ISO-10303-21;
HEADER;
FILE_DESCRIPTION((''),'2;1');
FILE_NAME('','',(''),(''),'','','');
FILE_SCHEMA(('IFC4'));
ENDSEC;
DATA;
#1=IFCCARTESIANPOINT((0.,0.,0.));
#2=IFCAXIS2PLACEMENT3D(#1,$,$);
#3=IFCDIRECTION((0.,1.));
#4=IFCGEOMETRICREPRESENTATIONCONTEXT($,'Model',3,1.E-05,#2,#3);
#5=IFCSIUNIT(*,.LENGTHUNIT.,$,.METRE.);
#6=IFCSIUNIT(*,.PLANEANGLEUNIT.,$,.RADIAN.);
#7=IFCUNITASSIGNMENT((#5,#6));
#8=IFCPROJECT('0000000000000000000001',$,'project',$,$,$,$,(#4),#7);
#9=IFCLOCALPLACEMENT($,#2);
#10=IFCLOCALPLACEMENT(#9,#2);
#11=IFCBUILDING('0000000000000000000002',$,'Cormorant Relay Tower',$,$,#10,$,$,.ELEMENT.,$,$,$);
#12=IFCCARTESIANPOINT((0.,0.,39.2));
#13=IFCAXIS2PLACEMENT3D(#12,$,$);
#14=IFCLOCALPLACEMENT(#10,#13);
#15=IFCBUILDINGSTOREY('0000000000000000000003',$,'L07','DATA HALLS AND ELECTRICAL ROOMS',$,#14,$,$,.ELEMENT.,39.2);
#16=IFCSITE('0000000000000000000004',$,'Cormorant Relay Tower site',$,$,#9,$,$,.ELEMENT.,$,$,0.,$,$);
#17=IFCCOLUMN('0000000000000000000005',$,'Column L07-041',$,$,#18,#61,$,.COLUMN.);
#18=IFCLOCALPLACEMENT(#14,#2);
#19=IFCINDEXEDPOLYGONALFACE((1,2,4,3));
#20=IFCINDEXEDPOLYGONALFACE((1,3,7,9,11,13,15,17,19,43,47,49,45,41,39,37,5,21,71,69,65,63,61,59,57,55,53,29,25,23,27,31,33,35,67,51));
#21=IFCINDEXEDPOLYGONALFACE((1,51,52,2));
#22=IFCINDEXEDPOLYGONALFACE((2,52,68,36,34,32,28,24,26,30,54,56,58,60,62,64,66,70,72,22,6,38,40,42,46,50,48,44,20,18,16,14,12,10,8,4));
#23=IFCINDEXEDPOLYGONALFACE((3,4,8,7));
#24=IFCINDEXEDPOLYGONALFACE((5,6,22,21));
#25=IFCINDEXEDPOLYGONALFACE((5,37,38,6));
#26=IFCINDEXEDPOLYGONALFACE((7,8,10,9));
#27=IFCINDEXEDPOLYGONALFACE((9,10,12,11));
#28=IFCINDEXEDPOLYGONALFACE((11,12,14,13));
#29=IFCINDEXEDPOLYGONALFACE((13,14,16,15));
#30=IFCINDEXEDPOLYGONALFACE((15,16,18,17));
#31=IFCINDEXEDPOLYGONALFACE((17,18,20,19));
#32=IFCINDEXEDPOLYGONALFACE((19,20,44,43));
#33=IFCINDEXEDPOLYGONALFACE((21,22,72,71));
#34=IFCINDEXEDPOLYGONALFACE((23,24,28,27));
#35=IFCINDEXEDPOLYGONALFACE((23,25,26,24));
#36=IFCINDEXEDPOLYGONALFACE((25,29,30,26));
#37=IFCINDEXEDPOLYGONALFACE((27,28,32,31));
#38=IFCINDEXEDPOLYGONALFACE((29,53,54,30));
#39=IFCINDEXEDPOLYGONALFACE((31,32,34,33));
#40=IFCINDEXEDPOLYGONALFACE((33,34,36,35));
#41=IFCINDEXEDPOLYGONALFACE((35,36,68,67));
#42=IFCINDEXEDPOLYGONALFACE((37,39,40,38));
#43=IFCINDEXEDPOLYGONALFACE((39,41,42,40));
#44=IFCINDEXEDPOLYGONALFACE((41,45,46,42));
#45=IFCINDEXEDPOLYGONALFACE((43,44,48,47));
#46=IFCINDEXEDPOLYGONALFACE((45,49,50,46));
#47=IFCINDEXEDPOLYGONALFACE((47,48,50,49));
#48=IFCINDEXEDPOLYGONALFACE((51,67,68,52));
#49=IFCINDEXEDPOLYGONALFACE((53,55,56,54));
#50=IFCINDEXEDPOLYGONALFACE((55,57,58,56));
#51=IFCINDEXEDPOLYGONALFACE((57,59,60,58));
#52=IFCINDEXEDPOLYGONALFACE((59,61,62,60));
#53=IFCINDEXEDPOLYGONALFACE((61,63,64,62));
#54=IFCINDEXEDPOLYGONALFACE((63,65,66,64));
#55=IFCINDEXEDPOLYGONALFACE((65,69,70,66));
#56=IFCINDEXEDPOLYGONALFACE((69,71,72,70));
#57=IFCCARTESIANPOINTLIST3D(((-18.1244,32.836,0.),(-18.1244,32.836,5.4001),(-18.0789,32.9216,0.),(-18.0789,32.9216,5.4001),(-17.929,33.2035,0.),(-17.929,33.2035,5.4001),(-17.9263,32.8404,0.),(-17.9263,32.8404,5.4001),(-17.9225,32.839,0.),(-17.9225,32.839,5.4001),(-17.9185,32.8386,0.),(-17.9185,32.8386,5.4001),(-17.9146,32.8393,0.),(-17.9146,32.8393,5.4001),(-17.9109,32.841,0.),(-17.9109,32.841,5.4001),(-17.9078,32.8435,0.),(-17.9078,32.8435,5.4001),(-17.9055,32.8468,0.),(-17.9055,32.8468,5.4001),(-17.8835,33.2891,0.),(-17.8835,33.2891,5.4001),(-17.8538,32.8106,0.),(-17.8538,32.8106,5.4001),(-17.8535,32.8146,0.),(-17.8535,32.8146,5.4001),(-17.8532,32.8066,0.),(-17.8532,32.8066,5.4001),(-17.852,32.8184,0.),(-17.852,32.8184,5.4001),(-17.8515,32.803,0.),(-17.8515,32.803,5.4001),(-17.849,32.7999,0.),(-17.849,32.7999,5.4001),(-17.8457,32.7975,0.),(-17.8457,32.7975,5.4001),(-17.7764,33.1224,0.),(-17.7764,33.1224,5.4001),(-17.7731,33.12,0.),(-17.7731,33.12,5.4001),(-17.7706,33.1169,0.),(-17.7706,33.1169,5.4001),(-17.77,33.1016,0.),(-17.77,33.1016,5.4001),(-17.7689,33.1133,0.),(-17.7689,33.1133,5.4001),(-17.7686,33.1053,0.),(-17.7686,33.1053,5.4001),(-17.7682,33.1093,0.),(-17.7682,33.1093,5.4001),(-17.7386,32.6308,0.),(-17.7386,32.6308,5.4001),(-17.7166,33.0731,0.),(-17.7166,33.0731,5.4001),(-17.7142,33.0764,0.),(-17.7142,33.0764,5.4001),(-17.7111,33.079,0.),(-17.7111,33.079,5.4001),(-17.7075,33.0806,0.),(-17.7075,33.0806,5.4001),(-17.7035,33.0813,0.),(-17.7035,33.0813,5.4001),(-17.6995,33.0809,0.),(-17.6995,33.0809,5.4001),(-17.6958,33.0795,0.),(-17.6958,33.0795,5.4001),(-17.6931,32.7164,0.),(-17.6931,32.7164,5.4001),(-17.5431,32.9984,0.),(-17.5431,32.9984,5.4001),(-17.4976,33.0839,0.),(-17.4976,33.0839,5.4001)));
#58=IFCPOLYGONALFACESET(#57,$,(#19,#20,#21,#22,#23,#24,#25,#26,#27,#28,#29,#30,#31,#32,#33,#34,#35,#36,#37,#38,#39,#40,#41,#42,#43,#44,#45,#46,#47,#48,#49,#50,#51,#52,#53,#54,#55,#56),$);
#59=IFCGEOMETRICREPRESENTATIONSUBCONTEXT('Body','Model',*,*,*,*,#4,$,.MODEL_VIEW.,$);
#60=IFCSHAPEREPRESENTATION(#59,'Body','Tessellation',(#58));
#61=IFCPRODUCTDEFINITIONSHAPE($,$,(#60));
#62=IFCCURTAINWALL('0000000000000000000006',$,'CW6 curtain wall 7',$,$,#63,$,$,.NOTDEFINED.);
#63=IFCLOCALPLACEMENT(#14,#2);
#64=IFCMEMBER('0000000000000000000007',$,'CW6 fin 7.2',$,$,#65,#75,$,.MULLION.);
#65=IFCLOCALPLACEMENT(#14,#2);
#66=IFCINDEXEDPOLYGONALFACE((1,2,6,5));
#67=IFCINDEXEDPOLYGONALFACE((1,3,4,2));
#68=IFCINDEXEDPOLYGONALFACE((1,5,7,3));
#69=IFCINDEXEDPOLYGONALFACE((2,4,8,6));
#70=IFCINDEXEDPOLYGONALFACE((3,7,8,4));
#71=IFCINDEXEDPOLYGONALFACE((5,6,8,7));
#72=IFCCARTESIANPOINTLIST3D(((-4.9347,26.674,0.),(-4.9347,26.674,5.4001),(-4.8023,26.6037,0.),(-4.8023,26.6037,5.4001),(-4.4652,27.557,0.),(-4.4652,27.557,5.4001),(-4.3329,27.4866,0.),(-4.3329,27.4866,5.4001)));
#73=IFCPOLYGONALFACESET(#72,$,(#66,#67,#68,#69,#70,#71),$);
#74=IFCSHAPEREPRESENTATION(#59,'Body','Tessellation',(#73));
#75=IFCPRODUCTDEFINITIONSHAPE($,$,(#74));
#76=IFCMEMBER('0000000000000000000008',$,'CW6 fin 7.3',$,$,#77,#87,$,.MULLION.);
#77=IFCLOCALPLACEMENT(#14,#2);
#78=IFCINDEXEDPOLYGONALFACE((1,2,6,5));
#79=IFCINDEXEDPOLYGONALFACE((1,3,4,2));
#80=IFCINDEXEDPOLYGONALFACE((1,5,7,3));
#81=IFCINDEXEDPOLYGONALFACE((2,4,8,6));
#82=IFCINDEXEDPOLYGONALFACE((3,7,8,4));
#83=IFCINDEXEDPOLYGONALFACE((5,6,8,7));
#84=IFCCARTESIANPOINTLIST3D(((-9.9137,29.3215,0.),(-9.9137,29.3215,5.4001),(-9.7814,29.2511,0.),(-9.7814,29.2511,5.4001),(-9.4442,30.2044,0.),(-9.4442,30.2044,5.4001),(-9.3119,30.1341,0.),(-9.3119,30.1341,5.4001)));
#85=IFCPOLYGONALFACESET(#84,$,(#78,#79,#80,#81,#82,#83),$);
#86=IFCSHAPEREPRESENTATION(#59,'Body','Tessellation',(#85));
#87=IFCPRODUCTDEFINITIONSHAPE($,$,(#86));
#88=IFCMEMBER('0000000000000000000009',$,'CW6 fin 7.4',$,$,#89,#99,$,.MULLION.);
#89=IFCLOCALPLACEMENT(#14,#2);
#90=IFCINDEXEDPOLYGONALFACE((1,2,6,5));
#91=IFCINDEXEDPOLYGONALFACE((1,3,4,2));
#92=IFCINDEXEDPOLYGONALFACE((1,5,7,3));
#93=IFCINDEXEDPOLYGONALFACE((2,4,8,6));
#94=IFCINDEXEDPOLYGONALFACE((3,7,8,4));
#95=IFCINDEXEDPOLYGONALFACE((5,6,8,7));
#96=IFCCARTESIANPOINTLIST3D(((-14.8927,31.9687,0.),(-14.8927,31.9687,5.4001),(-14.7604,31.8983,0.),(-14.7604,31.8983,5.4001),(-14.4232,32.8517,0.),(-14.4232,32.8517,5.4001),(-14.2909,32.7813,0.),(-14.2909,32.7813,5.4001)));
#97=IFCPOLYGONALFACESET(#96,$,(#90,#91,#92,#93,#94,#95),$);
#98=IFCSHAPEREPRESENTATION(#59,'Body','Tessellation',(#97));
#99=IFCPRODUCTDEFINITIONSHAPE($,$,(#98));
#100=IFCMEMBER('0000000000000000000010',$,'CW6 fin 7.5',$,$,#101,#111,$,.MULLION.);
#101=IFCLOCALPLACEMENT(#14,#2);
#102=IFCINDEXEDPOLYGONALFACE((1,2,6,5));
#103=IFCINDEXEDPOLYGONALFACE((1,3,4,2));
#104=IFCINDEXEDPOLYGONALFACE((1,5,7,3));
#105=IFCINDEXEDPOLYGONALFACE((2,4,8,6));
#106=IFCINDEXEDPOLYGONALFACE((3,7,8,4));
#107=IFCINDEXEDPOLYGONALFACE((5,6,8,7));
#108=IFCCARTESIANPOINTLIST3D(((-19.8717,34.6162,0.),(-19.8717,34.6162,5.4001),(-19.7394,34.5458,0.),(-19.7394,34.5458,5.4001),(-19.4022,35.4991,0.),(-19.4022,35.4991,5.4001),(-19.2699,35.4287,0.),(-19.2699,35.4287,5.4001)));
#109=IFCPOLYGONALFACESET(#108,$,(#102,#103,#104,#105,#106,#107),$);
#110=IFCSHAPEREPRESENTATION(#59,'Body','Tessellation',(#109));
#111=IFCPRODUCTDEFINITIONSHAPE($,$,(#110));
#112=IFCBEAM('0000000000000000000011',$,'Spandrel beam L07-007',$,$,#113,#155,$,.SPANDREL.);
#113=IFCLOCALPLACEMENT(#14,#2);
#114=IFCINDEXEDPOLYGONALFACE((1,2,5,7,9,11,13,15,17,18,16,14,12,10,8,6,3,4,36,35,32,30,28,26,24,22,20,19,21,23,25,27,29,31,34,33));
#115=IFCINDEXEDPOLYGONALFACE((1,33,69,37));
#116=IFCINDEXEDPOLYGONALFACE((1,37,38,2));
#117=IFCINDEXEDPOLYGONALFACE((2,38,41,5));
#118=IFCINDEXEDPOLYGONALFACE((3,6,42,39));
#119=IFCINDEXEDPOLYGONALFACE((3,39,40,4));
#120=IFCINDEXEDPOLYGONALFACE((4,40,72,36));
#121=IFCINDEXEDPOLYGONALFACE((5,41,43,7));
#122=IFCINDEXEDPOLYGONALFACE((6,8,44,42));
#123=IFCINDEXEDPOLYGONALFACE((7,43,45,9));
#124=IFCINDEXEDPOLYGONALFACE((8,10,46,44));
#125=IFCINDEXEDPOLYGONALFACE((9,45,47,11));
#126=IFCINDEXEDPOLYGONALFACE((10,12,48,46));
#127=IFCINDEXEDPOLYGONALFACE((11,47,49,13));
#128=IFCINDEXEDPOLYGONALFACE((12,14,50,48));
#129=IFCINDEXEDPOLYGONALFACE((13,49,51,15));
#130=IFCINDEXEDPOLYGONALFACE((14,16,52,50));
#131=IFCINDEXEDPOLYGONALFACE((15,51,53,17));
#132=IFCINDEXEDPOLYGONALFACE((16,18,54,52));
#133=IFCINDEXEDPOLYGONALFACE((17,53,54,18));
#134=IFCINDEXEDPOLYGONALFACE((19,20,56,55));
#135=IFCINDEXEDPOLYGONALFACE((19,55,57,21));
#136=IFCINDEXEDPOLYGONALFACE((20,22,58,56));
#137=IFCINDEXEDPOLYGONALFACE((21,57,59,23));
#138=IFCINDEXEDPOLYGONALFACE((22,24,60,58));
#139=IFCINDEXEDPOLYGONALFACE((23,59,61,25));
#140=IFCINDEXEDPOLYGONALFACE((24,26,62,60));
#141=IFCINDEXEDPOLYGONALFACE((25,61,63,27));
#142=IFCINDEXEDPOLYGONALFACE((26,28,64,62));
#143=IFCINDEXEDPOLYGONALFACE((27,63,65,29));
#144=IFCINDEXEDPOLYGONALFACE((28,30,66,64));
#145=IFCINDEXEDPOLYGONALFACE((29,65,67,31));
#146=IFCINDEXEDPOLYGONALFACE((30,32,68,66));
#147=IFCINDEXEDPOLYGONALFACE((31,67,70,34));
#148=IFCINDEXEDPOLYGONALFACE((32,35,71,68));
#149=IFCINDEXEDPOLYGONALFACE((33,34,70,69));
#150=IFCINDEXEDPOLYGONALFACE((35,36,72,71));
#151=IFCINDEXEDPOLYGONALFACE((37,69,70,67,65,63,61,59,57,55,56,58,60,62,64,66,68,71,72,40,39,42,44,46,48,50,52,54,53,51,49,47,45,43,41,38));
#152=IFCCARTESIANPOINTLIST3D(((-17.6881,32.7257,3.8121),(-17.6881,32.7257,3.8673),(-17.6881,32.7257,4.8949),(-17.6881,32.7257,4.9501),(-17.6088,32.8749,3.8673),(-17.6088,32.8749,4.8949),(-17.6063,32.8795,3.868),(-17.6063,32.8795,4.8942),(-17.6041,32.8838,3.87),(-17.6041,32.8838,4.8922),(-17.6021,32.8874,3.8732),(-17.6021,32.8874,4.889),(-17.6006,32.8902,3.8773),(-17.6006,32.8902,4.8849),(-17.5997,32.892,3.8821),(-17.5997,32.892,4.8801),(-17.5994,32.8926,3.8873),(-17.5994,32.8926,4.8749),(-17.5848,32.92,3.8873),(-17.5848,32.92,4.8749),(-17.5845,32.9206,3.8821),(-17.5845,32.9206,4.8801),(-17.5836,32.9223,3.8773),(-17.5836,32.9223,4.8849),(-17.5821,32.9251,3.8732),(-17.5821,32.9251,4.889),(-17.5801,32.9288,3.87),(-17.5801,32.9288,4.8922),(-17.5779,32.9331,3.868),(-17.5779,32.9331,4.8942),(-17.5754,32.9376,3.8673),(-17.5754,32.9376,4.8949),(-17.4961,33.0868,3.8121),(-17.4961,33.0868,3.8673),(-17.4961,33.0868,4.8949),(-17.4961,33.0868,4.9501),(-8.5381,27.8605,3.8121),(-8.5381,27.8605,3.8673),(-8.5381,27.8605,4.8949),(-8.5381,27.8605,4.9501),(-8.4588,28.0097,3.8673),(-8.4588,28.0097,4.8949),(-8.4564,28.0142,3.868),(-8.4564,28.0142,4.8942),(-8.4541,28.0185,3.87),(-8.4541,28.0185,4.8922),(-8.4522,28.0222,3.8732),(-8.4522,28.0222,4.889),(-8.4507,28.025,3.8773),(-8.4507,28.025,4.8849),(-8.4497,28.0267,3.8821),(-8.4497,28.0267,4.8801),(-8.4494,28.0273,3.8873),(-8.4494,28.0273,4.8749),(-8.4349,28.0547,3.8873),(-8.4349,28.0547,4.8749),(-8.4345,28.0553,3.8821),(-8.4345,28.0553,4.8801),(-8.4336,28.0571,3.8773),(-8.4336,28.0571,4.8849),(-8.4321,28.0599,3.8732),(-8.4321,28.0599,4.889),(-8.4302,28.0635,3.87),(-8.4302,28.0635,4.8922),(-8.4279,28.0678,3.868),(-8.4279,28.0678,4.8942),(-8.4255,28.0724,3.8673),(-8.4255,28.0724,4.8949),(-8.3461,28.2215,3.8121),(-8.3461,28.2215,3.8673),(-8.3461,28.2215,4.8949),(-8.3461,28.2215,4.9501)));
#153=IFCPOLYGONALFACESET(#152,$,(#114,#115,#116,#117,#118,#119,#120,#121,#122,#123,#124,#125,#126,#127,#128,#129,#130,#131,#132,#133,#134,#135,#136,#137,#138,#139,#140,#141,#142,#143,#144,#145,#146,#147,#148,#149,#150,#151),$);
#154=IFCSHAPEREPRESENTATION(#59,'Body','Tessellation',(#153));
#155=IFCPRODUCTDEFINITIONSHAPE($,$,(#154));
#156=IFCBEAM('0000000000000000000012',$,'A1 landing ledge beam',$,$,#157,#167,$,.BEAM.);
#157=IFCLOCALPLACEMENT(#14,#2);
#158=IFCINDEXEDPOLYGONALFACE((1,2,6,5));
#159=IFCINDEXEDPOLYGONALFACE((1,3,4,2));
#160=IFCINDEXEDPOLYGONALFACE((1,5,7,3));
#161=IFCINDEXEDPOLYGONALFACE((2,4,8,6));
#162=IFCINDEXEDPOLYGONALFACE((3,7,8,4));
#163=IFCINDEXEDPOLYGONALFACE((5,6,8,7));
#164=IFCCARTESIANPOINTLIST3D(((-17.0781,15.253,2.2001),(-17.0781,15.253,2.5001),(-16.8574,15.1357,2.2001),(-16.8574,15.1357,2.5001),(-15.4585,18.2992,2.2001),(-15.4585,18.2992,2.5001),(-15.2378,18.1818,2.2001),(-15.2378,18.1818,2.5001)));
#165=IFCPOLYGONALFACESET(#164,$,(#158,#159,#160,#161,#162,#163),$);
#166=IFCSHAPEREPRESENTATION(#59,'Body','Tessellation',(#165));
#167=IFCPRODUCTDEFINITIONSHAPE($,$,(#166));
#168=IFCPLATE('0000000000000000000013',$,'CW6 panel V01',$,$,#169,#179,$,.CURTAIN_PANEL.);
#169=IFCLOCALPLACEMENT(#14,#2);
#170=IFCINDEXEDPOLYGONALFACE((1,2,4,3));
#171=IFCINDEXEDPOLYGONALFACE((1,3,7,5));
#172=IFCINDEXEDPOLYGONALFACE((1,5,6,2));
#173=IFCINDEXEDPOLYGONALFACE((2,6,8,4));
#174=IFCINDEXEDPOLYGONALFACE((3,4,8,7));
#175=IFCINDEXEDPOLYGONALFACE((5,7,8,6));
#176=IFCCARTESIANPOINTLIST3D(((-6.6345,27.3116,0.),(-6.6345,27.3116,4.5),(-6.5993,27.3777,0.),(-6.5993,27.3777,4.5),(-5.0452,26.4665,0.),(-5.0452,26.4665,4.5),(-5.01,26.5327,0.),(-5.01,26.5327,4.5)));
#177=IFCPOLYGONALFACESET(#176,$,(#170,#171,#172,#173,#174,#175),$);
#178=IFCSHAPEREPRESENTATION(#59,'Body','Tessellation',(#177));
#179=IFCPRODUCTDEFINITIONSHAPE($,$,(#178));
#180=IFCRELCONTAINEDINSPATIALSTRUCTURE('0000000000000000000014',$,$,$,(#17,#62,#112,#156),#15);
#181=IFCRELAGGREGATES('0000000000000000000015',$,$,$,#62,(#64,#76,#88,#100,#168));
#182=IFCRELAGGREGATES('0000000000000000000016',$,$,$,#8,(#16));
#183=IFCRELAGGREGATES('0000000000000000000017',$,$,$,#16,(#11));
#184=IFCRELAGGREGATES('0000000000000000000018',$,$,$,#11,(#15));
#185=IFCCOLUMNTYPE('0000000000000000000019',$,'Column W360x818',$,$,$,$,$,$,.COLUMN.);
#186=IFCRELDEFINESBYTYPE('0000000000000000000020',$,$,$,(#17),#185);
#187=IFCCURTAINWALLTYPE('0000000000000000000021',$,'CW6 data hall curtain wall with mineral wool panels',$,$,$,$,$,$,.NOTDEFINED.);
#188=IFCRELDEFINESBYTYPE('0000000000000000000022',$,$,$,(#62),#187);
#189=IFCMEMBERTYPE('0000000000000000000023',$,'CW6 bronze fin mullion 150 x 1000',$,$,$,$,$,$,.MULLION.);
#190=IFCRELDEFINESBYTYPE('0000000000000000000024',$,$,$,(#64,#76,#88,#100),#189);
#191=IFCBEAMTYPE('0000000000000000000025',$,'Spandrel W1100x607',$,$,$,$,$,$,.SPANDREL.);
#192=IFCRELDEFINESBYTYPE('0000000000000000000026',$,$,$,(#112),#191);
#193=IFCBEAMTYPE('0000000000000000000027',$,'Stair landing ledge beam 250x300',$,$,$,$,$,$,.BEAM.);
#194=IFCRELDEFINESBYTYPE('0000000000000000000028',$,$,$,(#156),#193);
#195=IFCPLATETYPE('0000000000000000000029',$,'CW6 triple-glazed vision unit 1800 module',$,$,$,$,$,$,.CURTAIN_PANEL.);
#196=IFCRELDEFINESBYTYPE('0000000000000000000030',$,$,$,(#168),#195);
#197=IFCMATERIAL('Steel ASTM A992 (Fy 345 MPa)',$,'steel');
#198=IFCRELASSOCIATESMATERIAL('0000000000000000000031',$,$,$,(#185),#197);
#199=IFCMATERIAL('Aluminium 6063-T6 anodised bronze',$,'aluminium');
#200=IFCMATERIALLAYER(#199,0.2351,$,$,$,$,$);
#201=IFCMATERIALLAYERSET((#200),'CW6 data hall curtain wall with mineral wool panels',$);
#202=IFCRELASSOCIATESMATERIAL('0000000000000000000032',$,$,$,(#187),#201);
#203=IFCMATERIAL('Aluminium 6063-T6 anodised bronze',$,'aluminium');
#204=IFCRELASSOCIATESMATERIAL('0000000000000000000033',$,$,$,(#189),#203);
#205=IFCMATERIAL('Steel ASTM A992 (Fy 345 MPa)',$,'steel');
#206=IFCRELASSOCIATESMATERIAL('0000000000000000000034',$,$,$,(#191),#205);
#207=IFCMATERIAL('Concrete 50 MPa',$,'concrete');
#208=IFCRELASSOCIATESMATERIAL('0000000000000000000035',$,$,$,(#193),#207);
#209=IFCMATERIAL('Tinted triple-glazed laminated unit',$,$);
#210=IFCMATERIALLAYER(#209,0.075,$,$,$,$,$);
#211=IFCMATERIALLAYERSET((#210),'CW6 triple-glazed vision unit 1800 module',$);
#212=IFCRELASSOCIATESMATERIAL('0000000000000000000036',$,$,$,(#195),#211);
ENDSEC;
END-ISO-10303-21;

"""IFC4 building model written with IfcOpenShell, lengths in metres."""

from ifc_helpers import new_model, si_unit, direction, frame, origin, origin_2d, place, context, subcontext, project, spatial, rectangle, i_section, extrude, material, layer, layer_set, material_profile, profile_set, type_object, element, aggregate, save


model = new_model("IFC4")

# Units and contexts
model_context = context("Model", 3, precision=1e-05, world=origin(), true_north=direction((0.0, 1.0)))
body_context = subcontext(model_context, "Body", "Model", "MODEL_VIEW")
ifc_project = project(units=[si_unit("LENGTHUNIT", "METRE"), si_unit("PLANEANGLEUNIT", "RADIAN")], contexts=[model_context])

# Site, building, storey
site_placement = place(None, origin())
site = spatial("IfcSite", under=ifc_project, at=site_placement, Name="Cormorant Relay Tower site", CompositionType="ELEMENT", RefElevation=0.0)
building_placement = place(site_placement, origin())
building = spatial("IfcBuilding", under=site, at=building_placement, Name="Cormorant Relay Tower", CompositionType="ELEMENT")
storey_placement = place(building_placement, frame((0.0, 0.0, 39.2)))
storey = spatial("IfcBuildingStorey", under=building, at=storey_placement, Name="L07", Description="DATA HALLS AND ELECTRICAL ROOMS", CompositionType="ELEMENT", Elevation=39.2)

# Column
ifc_material_1 = material(Name="Steel ASTM A992 (Fy 345 MPa)", Category="steel")
ifc_material_profile_1 = material_profile(ifc_material_1, i_section(OverallWidth=0.437, OverallDepth=0.5132, WebThickness=0.0605, FlangeThickness=0.0969, FilletRadius=0.0154, at=origin_2d()), Name="W360x818")
ifc_profile_set_1 = profile_set([ifc_material_profile_1], Name="Steel ASTM A992 (Fy 345 MPa)")
column_type_1 = type_object("IfcColumnType", Name="Column W360x818", PredefinedType="COLUMN", material=ifc_profile_set_1)
for number, where, z_axis, x_axis, name in (
    (1, (-17.811, 32.96, 0.0), (0.0, 0.0, 1.0), (-0.882948, 0.469472, 0.0), "Column L07-041"),
):
    element("IfcColumn", number, at=place(storey_placement, frame(where, z_axis=z_axis, x_axis=x_axis)), inside=storey, type_object=column_type_1, Name=name, PredefinedType="COLUMN", context=body_context, shape_type="SweptSolid", body=[
        extrude(i_section(OverallWidth=0.437, OverallDepth=0.5132, WebThickness=0.0605, FlangeThickness=0.0969, FilletRadius=0.0154, at=origin_2d()), origin(), (0.0, 0.0, 1.0), 5.4001),
    ])

# Curtain wall, members
ifc_material_2 = material(Name="Aluminium 6063-T6 anodised bronze", Category="aluminium")
ifc_layer_1 = layer(ifc_material_2, 0.2351)
ifc_layer_set_1 = layer_set([ifc_layer_1], Name="CW6 data hall curtain wall with mineral wool panels")
curtain_wall_type = type_object("IfcCurtainWallType", Name="CW6 data hall curtain wall with mineral wool panels", PredefinedType="NOTDEFINED", material=ifc_layer_set_1)
curtain_wall_placement = place(storey_placement, origin())
curtain_wall = element("IfcCurtainWall", 2, at=curtain_wall_placement, inside=storey, type_object=curtain_wall_type, Name="CW6 curtain wall 7", PredefinedType="NOTDEFINED")
ifc_material_3 = material(Name="Aluminium 6063-T6 anodised bronze", Category="aluminium")
ifc_material_profile_2 = material_profile(ifc_material_3, rectangle(XDim=0.1499, YDim=1.0, at=origin_2d()), Name="AL 150x1000")
ifc_profile_set_2 = profile_set([ifc_material_profile_2], Name="Aluminium 6063-T6 anodised bronze")
member_type = type_object("IfcMemberType", Name="CW6 bronze fin mullion 150 x 1000", PredefinedType="MULLION", material=ifc_profile_set_2)
member_1_placement = place(storey_placement, frame((-4.6338, 27.0803, 0.0), z_axis=(0.0, 0.0, 1.0), x_axis=(-0.882948, 0.469472, 0.0)))
member_1 = element("IfcMember", 3, at=member_1_placement, type_object=member_type, Name="CW6 fin 7.2", PredefinedType="MULLION", context=body_context, shape_type="SweptSolid", body=[
    extrude(rectangle(XDim=0.1499, YDim=1.0, at=origin_2d()), origin(), (0.0, 0.0, 1.0), 5.4001),
])
member_2_placement = place(storey_placement, frame((-9.6128, 29.7278, 0.0), z_axis=(0.0, 0.0, 1.0), x_axis=(-0.882948, 0.469472, 0.0)))
member_2 = element("IfcMember", 4, at=member_2_placement, type_object=member_type, Name="CW6 fin 7.3", PredefinedType="MULLION", context=body_context, shape_type="SweptSolid", body=[
    extrude(rectangle(XDim=0.1499, YDim=1.0, at=origin_2d()), origin(), (0.0, 0.0, 1.0), 5.4001),
])
member_3_placement = place(storey_placement, frame((-14.5918, 32.375, 0.0), z_axis=(0.0, 0.0, 1.0), x_axis=(-0.882948, 0.469472, 0.0)))
member_3 = element("IfcMember", 5, at=member_3_placement, type_object=member_type, Name="CW6 fin 7.4", PredefinedType="MULLION", context=body_context, shape_type="SweptSolid", body=[
    extrude(rectangle(XDim=0.1499, YDim=1.0, at=origin_2d()), origin(), (0.0, 0.0, 1.0), 5.4001),
])
member_4_placement = place(storey_placement, frame((-19.5708, 35.0225, 0.0), z_axis=(0.0, 0.0, 1.0), x_axis=(-0.882948, 0.469472, 0.0)))
member_4 = element("IfcMember", 6, at=member_4_placement, type_object=member_type, Name="CW6 fin 7.5", PredefinedType="MULLION", context=body_context, shape_type="SweptSolid", body=[
    extrude(rectangle(XDim=0.1499, YDim=1.0, at=origin_2d()), origin(), (0.0, 0.0, 1.0), 5.4001),
])

# Beams
ifc_material_4 = material(Name="Steel ASTM A992 (Fy 345 MPa)", Category="steel")
ifc_material_profile_3 = material_profile(ifc_material_4, i_section(OverallWidth=0.4089, OverallDepth=1.1379, WebThickness=0.031, FlangeThickness=0.0552, FilletRadius=0.02, at=origin_2d()), Name="W1100x607")
ifc_profile_set_3 = profile_set([ifc_material_profile_3], Name="Steel ASTM A992 (Fy 345 MPa)")
beam_type_1 = type_object("IfcBeamType", Name="Spandrel W1100x607", PredefinedType="SPANDREL", material=ifc_profile_set_3)
beam_1_placement = place(storey_placement, frame((-8.4421, 28.041, 4.3811), z_axis=(-0.882942, 0.469482, 0.0), x_axis=(-0.469482, -0.882942, 0.0)))
element("IfcBeam", 7, at=beam_1_placement, inside=storey, type_object=beam_type_1, Name="Spandrel beam L07-007", PredefinedType="SPANDREL", context=body_context, shape_type="SweptSolid", body=[
    extrude(i_section(OverallWidth=0.4089, OverallDepth=1.1379, WebThickness=0.031, FlangeThickness=0.0552, FilletRadius=0.02, at=origin_2d()), origin(), (0.0, 0.0, 1.0), 10.363),
])
ifc_material_5 = material(Name="Concrete 50 MPa", Category="concrete")
ifc_material_profile_4 = material_profile(ifc_material_5, rectangle(XDim=0.25, YDim=0.3, at=origin_2d()), Name="RC 250x300")
ifc_profile_set_4 = profile_set([ifc_material_profile_4], Name="Concrete 50 MPa")
beam_type_2 = type_object("IfcBeamType", Name="Stair landing ledge beam 250x300", PredefinedType="BEAM", material=ifc_profile_set_4)
beam_2_placement = place(storey_placement, frame((-16.9678, 15.1943, 2.3501), z_axis=(0.469464, 0.882952, 0.0), x_axis=(-0.882952, 0.469464, 0.0)))
element("IfcBeam", 8, at=beam_2_placement, inside=storey, type_object=beam_type_2, Name="A1 landing ledge beam", PredefinedType="BEAM", context=body_context, shape_type="SweptSolid", body=[
    extrude(rectangle(XDim=0.25, YDim=0.3, at=origin_2d()), origin(), (0.0, 0.0, 1.0), 3.45),
])

# Plate
ifc_material_6 = material(Name="Tinted triple-glazed laminated unit")
ifc_layer_2 = layer(ifc_material_6, 0.075)
ifc_layer_set_2 = layer_set([ifc_layer_2], Name="CW6 triple-glazed vision unit 1800 module")
plate_type = type_object("IfcPlateType", Name="CW6 triple-glazed vision unit 1800 module", PredefinedType="CURTAIN_PANEL", material=ifc_layer_set_2)
plate_placement = place(storey_placement, frame((-5.8223, 26.9221, 0.0), z_axis=(0.0, 0.0, 1.0), x_axis=(-0.882948, 0.469472, 0.0)))
plate = element("IfcPlate", 9, at=plate_placement, type_object=plate_type, Name="CW6 panel V01", PredefinedType="CURTAIN_PANEL", context=body_context, shape_type="SweptSolid", body=[
    extrude(rectangle(XDim=1.8, YDim=0.075, at=origin_2d()), origin(), (0.0, 0.0, 1.0), 4.5),
])

aggregate(curtain_wall, [member_1, member_2, member_3, member_4, plate])

save(model, "model.ifc")
